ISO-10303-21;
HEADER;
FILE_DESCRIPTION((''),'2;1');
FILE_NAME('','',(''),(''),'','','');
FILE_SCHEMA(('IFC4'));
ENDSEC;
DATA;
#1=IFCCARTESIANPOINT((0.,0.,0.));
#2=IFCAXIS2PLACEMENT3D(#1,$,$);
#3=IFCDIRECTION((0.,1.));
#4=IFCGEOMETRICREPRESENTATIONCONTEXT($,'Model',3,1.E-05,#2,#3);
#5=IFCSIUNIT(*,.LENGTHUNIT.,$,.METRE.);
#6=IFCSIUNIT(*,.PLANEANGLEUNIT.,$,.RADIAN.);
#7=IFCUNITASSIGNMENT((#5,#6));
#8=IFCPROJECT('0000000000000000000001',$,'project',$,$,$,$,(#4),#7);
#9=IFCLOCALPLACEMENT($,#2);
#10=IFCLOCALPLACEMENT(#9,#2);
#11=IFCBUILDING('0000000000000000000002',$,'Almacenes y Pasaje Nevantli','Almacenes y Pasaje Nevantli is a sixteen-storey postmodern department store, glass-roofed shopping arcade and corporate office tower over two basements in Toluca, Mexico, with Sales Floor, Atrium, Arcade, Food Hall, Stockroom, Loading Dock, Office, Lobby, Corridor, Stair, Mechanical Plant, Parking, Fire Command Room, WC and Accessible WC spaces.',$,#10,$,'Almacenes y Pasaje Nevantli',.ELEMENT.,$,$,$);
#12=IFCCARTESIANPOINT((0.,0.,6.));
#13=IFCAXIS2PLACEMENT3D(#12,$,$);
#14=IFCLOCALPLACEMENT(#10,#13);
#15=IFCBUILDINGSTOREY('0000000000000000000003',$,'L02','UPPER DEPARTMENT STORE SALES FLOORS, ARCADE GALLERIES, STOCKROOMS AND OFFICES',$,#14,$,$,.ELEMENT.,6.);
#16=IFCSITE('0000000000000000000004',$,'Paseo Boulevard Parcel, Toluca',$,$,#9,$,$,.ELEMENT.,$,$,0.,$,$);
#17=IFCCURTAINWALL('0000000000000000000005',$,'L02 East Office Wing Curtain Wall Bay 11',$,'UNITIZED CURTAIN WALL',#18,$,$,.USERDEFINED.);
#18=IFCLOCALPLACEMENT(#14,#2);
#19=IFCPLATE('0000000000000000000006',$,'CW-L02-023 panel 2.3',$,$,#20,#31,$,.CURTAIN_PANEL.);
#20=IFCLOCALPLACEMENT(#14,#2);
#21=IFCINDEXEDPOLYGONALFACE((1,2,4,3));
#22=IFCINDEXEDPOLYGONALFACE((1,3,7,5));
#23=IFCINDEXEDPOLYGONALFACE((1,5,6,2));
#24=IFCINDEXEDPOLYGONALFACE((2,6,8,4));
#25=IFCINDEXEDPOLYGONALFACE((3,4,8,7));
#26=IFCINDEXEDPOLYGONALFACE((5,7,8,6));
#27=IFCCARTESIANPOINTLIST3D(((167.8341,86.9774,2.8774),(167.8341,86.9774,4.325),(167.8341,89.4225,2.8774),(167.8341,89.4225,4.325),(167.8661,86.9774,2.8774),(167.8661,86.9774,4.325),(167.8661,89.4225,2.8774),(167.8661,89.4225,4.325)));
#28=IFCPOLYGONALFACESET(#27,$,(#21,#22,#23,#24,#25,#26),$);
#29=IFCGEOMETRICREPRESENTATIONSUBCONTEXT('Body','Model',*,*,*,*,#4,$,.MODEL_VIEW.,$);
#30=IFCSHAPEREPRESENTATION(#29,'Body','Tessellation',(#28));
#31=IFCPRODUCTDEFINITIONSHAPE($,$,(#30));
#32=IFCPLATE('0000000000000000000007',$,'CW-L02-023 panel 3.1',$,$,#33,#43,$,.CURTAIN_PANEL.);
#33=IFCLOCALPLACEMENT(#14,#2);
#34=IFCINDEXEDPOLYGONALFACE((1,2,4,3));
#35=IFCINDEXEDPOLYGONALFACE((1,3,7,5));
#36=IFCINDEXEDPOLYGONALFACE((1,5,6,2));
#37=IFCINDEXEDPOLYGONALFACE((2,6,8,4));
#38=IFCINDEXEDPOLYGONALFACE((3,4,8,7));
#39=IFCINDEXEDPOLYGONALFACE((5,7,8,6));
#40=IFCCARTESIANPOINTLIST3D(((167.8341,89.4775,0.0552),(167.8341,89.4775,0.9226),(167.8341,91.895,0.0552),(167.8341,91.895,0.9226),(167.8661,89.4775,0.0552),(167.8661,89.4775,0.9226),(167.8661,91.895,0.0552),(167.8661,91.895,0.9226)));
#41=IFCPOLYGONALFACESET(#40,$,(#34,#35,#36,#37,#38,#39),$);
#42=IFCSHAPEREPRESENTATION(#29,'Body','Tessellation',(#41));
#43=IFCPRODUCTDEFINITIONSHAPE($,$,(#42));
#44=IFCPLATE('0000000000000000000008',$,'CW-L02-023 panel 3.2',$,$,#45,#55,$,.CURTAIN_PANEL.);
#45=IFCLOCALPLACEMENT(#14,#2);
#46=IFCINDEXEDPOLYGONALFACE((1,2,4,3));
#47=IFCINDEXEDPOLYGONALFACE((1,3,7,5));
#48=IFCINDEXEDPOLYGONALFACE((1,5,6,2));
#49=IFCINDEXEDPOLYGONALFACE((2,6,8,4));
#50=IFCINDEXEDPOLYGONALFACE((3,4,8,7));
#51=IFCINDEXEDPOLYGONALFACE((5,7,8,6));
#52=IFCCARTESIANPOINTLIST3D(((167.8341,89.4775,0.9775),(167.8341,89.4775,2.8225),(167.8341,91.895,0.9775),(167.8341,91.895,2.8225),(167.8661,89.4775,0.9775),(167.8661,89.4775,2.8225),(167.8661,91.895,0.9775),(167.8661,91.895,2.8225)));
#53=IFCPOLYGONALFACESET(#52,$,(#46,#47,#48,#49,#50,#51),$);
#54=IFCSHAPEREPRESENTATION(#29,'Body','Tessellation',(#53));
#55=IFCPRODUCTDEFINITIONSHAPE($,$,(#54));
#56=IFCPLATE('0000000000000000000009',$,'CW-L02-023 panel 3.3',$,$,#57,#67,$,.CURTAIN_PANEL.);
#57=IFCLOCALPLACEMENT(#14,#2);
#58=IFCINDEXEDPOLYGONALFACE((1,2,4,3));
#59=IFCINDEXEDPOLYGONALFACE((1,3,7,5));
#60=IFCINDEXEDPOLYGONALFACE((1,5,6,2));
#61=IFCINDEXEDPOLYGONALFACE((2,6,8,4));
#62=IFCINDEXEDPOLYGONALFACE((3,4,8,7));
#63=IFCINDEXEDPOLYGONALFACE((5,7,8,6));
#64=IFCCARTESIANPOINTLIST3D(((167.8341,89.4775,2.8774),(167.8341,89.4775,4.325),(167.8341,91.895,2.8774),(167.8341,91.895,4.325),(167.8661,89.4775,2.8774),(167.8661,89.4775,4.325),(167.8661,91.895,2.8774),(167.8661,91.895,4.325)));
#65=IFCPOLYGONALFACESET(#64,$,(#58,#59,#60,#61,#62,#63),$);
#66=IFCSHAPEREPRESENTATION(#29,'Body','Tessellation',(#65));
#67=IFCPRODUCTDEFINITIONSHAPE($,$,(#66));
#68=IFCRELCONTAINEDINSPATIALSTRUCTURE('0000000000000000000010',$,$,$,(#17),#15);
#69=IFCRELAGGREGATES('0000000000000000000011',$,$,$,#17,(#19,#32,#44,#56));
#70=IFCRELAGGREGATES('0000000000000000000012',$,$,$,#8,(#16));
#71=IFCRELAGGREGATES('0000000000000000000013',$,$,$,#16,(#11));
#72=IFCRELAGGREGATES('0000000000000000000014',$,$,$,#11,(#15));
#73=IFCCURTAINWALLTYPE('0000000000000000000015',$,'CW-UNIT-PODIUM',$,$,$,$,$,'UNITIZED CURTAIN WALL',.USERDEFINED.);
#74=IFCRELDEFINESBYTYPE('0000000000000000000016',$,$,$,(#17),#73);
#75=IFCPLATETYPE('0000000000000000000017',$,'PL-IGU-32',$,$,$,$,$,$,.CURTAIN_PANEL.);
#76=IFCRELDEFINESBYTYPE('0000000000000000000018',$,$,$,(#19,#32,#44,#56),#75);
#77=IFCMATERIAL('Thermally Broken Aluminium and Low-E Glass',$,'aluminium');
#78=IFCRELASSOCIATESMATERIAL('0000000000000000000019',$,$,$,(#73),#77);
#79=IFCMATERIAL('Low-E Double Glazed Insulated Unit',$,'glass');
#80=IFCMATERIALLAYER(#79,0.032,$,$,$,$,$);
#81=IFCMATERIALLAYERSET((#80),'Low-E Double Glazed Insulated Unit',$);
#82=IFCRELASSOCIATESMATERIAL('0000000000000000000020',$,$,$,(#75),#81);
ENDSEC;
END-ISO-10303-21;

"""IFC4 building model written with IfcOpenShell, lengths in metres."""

from ifc_helpers import new_model, si_unit, direction, frame, origin, origin_2d, place, context, subcontext, project, spatial, rectangle, extrude, material, layer, layer_set, type_object, element, aggregate, save


model = new_model("IFC4")

# Units and contexts
model_context = context("Model", 3, precision=1e-05, world=origin(), true_north=direction((0.0, 1.0)))
body_context = subcontext(model_context, "Body", "Model", "MODEL_VIEW")
ifc_project = project(units=[si_unit("LENGTHUNIT", "METRE"), si_unit("PLANEANGLEUNIT", "RADIAN")], contexts=[model_context])

# Site, building, storey
site_placement = place(None, origin())
site = spatial("IfcSite", under=ifc_project, at=site_placement, Name="Paseo Boulevard Parcel, Toluca", CompositionType="ELEMENT", RefElevation=0.0)
building_placement = place(site_placement, origin())
building = spatial("IfcBuilding", under=site, at=building_placement, Name="Almacenes y Pasaje Nevantli", Description="Almacenes y Pasaje Nevantli is a sixteen-storey postmodern department store, glass-roofed shopping arcade and corporate office tower over two basements in Toluca, Mexico, with Sales Floor, Atrium, Arcade, Food Hall, Stockroom, Loading Dock, Office, Lobby, Corridor, Stair, Mechanical Plant, Parking, Fire Command Room, WC and Accessible WC spaces.", LongName="Almacenes y Pasaje Nevantli", CompositionType="ELEMENT")
storey_placement = place(building_placement, frame((0.0, 0.0, 6.0)))
storey = spatial("IfcBuildingStorey", under=building, at=storey_placement, Name="L02", Description="UPPER DEPARTMENT STORE SALES FLOORS, ARCADE GALLERIES, STOCKROOMS AND OFFICES", CompositionType="ELEMENT", Elevation=6.0)

# Curtain wall, plates
ifc_material_1 = material(Name="Thermally Broken Aluminium and Low-E Glass", Category="aluminium")
curtain_wall_type = type_object("IfcCurtainWallType", Name="CW-UNIT-PODIUM", ElementType="UNITIZED CURTAIN WALL", PredefinedType="USERDEFINED", material=ifc_material_1)
curtain_wall_placement = place(storey_placement, origin())
curtain_wall = element("IfcCurtainWall", 1, at=curtain_wall_placement, inside=storey, type_object=curtain_wall_type, Name="L02 East Office Wing Curtain Wall Bay 11", ObjectType="UNITIZED CURTAIN WALL", PredefinedType="USERDEFINED")
ifc_material_2 = material(Name="Low-E Double Glazed Insulated Unit", Category="glass")
ifc_layer = layer(ifc_material_2, 0.032)
ifc_layer_set = layer_set([ifc_layer], Name="Low-E Double Glazed Insulated Unit")
plate_type = type_object("IfcPlateType", Name="PL-IGU-32", PredefinedType="CURTAIN_PANEL", material=ifc_layer_set)
plate_1_placement = place(storey_placement, frame((167.8501, 88.2, 2.8774), z_axis=(0.0, 0.0, 1.0), x_axis=(0.0, 1.0, 0.0)))
plate_1 = element("IfcPlate", 2, at=plate_1_placement, type_object=plate_type, Name="CW-L02-023 panel 2.3", PredefinedType="CURTAIN_PANEL", context=body_context, shape_type="SweptSolid", body=[
    extrude(rectangle(XDim=2.4451, YDim=0.032, at=origin_2d()), origin(), (0.0, 0.0, 1.0), 1.4475),
])
plate_2_placement = place(storey_placement, frame((167.8501, 90.6863, 0.0552), z_axis=(0.0, 0.0, 1.0), x_axis=(0.0, 1.0, 0.0)))
plate_2 = element("IfcPlate", 3, at=plate_2_placement, type_object=plate_type, Name="CW-L02-023 panel 3.1", PredefinedType="CURTAIN_PANEL", context=body_context, shape_type="SweptSolid", body=[
    extrude(rectangle(XDim=2.4175, YDim=0.032, at=origin_2d()), origin(), (0.0, 0.0, 1.0), 0.8674),
])
plate_3_placement = place(storey_placement, frame((167.8501, 90.6863, 0.9775), z_axis=(0.0, 0.0, 1.0), x_axis=(0.0, 1.0, 0.0)))
plate_3 = element("IfcPlate", 4, at=plate_3_placement, type_object=plate_type, Name="CW-L02-023 panel 3.2", PredefinedType="CURTAIN_PANEL", context=body_context, shape_type="SweptSolid", body=[
    extrude(rectangle(XDim=2.4175, YDim=0.032, at=origin_2d()), origin(), (0.0, 0.0, 1.0), 1.845),
])
plate_4_placement = place(storey_placement, frame((167.8501, 90.6863, 2.8774), z_axis=(0.0, 0.0, 1.0), x_axis=(0.0, 1.0, 0.0)))
plate_4 = element("IfcPlate", 5, at=plate_4_placement, type_object=plate_type, Name="CW-L02-023 panel 3.3", PredefinedType="CURTAIN_PANEL", context=body_context, shape_type="SweptSolid", body=[
    extrude(rectangle(XDim=2.4175, YDim=0.032, at=origin_2d()), origin(), (0.0, 0.0, 1.0), 1.4475),
])
aggregate(curtain_wall, [plate_1, plate_2, plate_3, plate_4])

save(model, "model.ifc")
